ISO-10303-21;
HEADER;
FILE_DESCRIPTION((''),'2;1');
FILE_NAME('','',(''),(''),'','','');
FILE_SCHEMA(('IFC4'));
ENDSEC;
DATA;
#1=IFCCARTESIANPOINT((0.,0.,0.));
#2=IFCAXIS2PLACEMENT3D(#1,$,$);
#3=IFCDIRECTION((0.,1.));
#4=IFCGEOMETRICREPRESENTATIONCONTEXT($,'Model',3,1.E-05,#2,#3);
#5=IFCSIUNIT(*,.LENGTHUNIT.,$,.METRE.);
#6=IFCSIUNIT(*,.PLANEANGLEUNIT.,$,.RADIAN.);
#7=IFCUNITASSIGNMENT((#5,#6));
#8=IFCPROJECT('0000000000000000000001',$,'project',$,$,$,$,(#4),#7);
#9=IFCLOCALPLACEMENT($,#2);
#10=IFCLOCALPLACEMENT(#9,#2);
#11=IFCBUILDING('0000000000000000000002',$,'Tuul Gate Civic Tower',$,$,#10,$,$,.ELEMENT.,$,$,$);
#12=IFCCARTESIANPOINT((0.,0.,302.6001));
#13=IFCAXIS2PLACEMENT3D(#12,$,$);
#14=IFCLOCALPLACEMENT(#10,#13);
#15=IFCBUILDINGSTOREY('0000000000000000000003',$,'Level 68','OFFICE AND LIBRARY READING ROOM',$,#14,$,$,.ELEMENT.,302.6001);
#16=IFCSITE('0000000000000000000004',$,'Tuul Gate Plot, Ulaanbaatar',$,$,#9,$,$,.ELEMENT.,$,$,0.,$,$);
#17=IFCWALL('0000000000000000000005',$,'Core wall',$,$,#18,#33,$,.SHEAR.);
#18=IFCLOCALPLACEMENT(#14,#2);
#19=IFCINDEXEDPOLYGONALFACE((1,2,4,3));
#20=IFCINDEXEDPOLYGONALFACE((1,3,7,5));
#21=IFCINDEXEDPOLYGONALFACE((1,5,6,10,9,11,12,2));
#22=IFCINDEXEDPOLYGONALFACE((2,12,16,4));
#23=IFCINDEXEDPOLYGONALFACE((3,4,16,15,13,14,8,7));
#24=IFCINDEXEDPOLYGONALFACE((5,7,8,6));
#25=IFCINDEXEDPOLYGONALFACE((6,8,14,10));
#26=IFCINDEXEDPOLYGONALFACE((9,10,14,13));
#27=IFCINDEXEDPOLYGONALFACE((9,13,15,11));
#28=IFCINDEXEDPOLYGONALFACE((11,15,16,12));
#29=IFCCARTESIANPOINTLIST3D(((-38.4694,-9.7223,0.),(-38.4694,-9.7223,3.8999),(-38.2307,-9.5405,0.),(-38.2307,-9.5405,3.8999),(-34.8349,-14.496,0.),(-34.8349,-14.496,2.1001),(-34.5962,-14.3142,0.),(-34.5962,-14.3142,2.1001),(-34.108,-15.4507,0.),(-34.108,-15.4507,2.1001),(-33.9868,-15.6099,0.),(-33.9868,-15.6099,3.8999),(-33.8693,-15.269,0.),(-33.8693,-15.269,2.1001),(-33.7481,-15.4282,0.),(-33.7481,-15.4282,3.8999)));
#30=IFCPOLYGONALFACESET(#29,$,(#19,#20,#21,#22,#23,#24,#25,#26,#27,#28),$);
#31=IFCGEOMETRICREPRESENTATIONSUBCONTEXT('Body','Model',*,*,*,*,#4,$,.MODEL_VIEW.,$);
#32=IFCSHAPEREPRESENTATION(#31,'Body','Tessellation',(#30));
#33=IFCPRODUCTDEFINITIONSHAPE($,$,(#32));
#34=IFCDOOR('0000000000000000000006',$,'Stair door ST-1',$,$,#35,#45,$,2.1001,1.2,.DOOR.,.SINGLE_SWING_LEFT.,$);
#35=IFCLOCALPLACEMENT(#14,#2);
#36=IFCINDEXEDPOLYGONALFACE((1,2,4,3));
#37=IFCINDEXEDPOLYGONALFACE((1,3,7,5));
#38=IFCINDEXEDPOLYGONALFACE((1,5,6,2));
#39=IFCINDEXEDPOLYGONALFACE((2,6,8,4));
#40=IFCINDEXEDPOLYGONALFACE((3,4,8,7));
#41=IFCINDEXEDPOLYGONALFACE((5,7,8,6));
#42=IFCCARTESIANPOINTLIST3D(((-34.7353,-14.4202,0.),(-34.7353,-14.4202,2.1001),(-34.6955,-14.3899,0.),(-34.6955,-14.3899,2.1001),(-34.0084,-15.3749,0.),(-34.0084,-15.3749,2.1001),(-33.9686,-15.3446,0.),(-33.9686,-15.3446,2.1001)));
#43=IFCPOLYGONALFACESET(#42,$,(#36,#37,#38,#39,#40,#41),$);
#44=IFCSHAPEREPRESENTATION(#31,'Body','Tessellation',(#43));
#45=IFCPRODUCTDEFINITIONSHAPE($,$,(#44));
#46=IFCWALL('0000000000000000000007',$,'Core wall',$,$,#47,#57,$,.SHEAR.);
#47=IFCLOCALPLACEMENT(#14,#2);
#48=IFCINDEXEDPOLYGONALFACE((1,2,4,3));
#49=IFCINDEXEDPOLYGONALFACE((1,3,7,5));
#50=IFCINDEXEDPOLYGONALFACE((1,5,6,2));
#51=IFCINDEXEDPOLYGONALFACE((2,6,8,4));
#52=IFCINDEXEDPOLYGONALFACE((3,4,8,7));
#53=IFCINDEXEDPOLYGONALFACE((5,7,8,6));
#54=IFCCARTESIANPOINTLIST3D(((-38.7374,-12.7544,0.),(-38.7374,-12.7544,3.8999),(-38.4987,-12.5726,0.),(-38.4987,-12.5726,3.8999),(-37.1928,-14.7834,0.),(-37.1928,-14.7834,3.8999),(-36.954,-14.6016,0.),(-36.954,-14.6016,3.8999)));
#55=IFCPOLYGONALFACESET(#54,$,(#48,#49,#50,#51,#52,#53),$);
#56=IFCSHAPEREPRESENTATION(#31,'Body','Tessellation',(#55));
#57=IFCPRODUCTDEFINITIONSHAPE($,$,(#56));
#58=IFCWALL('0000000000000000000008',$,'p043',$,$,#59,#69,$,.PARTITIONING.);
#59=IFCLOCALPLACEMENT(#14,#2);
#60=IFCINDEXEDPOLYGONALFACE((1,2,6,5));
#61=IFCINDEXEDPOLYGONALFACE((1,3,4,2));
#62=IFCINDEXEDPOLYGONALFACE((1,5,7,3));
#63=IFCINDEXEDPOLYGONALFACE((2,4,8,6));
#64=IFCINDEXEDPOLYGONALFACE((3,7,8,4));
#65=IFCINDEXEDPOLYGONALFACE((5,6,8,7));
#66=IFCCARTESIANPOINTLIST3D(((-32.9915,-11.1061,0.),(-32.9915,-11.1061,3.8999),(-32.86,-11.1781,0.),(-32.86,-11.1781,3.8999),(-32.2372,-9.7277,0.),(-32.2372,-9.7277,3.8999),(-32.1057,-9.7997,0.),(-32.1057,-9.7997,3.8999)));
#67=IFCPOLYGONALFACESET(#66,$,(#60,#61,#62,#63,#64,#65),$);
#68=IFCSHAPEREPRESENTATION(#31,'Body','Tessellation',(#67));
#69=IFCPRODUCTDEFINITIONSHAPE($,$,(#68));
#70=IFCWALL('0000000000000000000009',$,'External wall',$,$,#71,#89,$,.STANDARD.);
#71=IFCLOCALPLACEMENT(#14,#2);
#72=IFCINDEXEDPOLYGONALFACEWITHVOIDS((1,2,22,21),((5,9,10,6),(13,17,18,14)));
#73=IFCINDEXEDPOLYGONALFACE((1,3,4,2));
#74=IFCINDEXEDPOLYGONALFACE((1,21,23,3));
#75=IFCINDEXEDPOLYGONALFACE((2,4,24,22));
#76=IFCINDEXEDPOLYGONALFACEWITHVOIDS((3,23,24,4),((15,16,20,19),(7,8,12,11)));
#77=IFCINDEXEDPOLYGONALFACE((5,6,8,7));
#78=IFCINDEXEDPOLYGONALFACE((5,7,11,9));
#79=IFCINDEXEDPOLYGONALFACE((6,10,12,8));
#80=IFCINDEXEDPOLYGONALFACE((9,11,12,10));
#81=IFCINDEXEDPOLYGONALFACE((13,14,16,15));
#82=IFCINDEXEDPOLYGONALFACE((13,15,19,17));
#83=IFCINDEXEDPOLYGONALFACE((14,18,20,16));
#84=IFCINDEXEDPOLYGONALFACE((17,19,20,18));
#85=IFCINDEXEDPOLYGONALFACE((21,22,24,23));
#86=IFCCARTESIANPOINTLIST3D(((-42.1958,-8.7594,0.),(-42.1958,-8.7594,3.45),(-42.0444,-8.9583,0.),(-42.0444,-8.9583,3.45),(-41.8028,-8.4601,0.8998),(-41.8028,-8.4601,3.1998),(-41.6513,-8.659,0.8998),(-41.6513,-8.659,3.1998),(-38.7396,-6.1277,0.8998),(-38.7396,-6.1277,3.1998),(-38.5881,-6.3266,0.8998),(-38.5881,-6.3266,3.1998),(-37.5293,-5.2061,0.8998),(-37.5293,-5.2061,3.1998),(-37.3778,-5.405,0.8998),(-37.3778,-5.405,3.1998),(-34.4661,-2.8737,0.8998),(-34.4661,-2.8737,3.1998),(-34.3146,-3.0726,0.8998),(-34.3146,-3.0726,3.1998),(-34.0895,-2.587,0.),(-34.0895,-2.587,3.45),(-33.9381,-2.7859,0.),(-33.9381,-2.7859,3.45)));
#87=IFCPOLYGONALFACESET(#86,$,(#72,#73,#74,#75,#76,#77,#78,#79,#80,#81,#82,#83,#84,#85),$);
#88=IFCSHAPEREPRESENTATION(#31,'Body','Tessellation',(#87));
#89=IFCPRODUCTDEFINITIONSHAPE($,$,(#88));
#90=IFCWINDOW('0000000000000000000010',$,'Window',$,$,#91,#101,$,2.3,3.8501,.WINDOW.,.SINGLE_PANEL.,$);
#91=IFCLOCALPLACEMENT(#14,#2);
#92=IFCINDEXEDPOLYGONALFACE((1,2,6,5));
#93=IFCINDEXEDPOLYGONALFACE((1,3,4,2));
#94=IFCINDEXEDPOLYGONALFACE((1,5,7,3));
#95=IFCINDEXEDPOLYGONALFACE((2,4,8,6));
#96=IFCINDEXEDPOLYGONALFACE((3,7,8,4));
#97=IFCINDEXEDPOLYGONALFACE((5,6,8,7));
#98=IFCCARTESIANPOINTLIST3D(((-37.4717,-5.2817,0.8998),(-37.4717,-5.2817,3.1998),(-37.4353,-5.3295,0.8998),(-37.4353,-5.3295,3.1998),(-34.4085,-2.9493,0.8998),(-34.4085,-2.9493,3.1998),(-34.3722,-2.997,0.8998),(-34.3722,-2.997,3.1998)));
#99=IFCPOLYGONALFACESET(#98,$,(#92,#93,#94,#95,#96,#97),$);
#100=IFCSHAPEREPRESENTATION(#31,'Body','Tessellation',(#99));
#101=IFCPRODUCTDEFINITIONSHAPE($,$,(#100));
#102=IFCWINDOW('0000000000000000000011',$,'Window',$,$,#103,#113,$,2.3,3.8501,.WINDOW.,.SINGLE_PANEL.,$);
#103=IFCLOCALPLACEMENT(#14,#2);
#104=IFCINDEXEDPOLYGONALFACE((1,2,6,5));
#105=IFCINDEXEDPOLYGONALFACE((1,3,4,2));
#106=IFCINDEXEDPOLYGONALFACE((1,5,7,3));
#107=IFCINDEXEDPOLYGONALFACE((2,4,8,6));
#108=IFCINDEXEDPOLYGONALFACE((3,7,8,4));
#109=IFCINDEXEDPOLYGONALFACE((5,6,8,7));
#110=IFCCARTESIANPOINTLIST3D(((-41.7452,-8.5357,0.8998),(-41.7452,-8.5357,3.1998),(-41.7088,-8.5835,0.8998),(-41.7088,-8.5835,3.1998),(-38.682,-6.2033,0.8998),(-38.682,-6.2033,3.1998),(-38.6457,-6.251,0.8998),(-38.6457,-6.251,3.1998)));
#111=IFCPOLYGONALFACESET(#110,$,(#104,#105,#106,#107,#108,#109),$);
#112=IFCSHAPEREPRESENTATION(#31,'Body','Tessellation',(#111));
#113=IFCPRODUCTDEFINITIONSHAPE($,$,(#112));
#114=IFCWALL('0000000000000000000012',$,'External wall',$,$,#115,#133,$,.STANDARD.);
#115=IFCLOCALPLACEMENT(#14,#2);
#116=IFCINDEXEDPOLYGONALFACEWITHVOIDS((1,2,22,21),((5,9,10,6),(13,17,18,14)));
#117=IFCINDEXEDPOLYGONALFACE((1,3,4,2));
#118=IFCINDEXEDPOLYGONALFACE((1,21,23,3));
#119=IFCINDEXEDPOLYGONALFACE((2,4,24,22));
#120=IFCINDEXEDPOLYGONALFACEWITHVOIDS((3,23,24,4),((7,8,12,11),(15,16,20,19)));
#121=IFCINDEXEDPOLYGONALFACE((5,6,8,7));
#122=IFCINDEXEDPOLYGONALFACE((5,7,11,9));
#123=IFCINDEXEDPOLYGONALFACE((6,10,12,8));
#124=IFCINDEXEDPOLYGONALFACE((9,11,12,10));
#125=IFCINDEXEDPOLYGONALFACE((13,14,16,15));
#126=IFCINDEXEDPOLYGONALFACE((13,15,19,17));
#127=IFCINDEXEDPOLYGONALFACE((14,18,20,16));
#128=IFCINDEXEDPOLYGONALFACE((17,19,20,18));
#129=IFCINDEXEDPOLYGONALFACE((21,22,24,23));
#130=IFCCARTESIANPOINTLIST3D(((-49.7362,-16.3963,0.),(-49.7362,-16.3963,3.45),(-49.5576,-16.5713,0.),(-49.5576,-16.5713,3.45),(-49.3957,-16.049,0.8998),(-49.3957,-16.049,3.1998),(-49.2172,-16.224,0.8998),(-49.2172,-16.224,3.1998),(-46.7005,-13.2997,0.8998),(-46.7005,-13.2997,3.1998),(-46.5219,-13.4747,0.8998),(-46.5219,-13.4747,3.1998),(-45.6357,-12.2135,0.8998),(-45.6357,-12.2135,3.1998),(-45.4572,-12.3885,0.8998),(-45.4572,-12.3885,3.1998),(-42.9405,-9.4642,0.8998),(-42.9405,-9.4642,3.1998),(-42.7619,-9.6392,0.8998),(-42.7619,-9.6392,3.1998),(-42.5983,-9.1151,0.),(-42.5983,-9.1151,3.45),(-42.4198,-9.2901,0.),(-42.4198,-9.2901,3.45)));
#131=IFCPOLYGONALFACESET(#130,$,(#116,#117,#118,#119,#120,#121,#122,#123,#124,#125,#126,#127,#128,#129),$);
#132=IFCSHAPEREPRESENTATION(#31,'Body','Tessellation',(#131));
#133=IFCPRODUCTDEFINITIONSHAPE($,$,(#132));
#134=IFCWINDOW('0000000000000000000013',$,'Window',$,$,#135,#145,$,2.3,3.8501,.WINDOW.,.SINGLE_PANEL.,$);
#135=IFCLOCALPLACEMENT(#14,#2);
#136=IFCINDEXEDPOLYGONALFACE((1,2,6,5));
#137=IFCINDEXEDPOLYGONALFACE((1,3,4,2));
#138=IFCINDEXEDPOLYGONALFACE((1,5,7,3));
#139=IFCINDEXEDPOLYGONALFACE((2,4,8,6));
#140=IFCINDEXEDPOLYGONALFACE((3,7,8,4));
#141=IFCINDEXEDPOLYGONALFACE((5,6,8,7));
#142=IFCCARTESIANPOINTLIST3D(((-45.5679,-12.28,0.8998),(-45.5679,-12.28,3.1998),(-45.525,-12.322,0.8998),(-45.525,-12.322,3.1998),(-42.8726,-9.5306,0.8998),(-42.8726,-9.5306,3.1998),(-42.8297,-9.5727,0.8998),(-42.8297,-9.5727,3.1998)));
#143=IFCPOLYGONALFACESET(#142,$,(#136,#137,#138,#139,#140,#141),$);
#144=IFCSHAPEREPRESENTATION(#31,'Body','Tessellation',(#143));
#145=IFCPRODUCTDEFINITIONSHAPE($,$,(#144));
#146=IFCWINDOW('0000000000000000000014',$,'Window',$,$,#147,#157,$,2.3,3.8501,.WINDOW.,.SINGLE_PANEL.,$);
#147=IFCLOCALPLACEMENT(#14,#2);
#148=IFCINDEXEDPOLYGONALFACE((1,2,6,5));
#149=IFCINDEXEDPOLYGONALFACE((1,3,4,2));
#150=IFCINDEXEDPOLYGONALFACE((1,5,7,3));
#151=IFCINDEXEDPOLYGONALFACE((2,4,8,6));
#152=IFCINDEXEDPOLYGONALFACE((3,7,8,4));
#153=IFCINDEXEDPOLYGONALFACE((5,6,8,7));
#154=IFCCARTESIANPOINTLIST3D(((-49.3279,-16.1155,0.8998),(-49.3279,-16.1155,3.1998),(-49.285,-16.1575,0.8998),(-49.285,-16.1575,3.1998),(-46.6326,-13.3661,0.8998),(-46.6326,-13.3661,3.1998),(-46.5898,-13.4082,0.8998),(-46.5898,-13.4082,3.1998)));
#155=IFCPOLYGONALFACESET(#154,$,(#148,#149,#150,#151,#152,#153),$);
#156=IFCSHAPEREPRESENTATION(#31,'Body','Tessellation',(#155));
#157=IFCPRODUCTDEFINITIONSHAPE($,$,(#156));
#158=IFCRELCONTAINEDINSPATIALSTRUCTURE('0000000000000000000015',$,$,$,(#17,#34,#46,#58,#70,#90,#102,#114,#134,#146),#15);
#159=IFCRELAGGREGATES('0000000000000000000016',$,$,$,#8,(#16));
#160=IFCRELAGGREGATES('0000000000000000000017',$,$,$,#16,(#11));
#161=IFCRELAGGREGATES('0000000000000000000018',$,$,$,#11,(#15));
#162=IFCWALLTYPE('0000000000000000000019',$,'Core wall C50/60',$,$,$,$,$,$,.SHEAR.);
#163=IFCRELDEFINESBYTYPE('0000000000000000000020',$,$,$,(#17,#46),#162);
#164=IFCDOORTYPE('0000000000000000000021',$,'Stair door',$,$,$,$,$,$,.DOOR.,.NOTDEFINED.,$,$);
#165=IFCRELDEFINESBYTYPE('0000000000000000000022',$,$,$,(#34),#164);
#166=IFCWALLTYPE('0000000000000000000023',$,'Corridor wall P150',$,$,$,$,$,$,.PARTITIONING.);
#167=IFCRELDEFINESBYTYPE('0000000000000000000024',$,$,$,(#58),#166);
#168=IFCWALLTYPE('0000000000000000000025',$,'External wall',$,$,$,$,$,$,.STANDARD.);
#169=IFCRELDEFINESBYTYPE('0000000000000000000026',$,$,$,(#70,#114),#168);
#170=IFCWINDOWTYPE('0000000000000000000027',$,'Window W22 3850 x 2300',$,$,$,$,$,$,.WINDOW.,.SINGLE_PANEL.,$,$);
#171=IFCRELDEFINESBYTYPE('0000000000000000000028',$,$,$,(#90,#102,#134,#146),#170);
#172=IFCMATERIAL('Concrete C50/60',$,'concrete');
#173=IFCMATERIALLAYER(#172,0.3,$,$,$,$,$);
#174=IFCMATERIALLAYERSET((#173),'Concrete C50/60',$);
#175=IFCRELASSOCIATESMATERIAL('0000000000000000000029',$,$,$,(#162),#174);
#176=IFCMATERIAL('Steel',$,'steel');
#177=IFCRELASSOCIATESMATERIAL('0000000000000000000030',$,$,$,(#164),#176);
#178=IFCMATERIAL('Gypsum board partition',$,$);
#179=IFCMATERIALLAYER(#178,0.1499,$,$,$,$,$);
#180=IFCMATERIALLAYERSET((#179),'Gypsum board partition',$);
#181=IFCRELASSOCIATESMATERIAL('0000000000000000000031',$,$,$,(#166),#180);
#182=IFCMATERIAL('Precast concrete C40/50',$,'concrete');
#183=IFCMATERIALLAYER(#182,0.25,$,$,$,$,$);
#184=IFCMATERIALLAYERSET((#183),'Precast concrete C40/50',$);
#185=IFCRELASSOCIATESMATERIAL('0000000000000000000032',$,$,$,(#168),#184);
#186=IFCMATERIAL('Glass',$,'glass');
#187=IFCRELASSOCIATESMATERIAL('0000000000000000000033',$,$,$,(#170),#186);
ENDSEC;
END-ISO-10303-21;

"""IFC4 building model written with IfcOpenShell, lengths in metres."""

from ifc_helpers import new_model, si_unit, direction, frame, frame_2d, origin, place, context, subcontext, project, spatial, rectangle, extrude, material, layer, layer_set, type_object, element, fill, save


model = new_model("IFC4")

# Units and contexts
model_context = context("Model", 3, precision=1e-05, world=origin(), true_north=direction((0.0, 1.0)))
body_context = subcontext(model_context, "Body", "Model", "MODEL_VIEW")
ifc_project = project(units=[si_unit("LENGTHUNIT", "METRE"), si_unit("PLANEANGLEUNIT", "RADIAN")], contexts=[model_context])

# Site, building, storey
site_placement = place(None, origin())
site = spatial("IfcSite", under=ifc_project, at=site_placement, Name="Tuul Gate Plot, Ulaanbaatar", CompositionType="ELEMENT", RefElevation=0.0)
building_placement = place(site_placement, origin())
building = spatial("IfcBuilding", under=site, at=building_placement, Name="Tuul Gate Civic Tower", CompositionType="ELEMENT")
storey_placement = place(building_placement, frame((0.0, 0.0, 302.6001)))
storey = spatial("IfcBuildingStorey", under=building, at=storey_placement, Name="Level 68", Description="OFFICE AND LIBRARY READING ROOM", CompositionType="ELEMENT", Elevation=302.6001)

# Shared definitions
ifc_material_1 = material(Name="Concrete C50/60", Category="concrete")
ifc_layer_1 = layer(ifc_material_1, 0.3)
ifc_layer_set_1 = layer_set([ifc_layer_1], Name="Concrete C50/60")
wall_type_1 = type_object("IfcWallType", Name="Core wall C50/60", PredefinedType="SHEAR", material=ifc_layer_set_1)

# Wall, opening, door
wall_1_placement = place(storey_placement, frame((-33.8674, -15.519, 0.0), z_axis=(0.0, 0.0, 1.0), x_axis=(-0.60577, 0.79564, 0.0)))
wall_1 = element("IfcWall", 1, at=wall_1_placement, inside=storey, type_object=wall_type_1, Name="Core wall", PredefinedType="SHEAR", context=body_context, shape_type="SweptSolid", body=[
    extrude(rectangle(XDim=7.3999, YDim=0.3, at=frame_2d((3.7, 0.0))), origin(), (0.0, 0.0, 1.0), 3.8999),
])
opening_1_placement = place(wall_1_placement, frame((0.2, 0.0, 0.0)))
opening_1 = element("IfcOpeningElement", 2, at=opening_1_placement, cuts=wall_1, PredefinedType="OPENING", context=body_context, shape_type="SweptSolid", body=[
    extrude(rectangle(XDim=1.2, YDim=2.1001, at=frame_2d((0.6001, 1.05))), frame((0.0, 0.1602, 0.0), z_axis=(0.0, -1.0, 0.0), x_axis=(1.0, 0.0, 0.0)), (0.0, 0.0, 1.0), 0.3201),
])
ifc_material_2 = material(Name="Steel", Category="steel")
door_type_1 = type_object("IfcDoorType", Name="Stair door", OperationType="NOTDEFINED", PredefinedType="DOOR", material=ifc_material_2)
door_1_placement = place(opening_1_placement, origin())
door_1 = element("IfcDoor", 3, at=door_1_placement, inside=storey, type_object=door_type_1, Name="Stair door ST-1", OperationType="SINGLE_SWING_LEFT", OverallHeight=2.1001, OverallWidth=1.2, PredefinedType="DOOR", context=body_context, shape_type="SweptSolid", body=[
    extrude(rectangle(XDim=1.2, YDim=2.1001, at=frame_2d((0.6001, 1.05))), frame((0.0, 0.0249, 0.0), z_axis=(0.0, -1.0, 0.0), x_axis=(1.0, 0.0, 0.0)), (0.0, 0.0, 1.0), 0.05),
])
fill(opening_1, door_1)

# Walls
wall_2_placement = place(storey_placement, frame((-37.0735, -14.6924, 0.0), z_axis=(0.0, 0.0, 1.0), x_axis=(-0.605729, 0.795671, 0.0)))
element("IfcWall", 4, at=wall_2_placement, inside=storey, type_object=wall_type_1, Name="Core wall", PredefinedType="SHEAR", context=body_context, shape_type="SweptSolid", body=[
    extrude(rectangle(XDim=2.55, YDim=0.3, at=frame_2d((1.2749, 0.0))), origin(), (0.0, 0.0, 1.0), 3.8999),
])
ifc_material_3 = material(Name="Gypsum board partition")
ifc_layer_2 = layer(ifc_material_3, 0.1499)
ifc_layer_set_2 = layer_set([ifc_layer_2], Name="Gypsum board partition")
wall_type_2 = type_object("IfcWallType", Name="Corridor wall P150", PredefinedType="PARTITIONING", material=ifc_layer_set_2)
wall_3_placement = place(storey_placement, frame((-32.9258, -11.1421, 0.0), z_axis=(0.0, 0.0, 1.0), x_axis=(0.480093, 0.877218, 0.0)))
element("IfcWall", 5, at=wall_3_placement, inside=storey, type_object=wall_type_2, Name="p043", PredefinedType="PARTITIONING", context=body_context, shape_type="SweptSolid", body=[
    extrude(rectangle(XDim=1.5713, YDim=0.1499, at=frame_2d((0.7856, 0.0))), origin(), (0.0, 0.0, 1.0), 3.8999),
])

# Walls, openings, windows
ifc_material_4 = material(Name="Precast concrete C40/50", Category="concrete")
ifc_layer_3 = layer(ifc_material_4, 0.25)
ifc_layer_set_3 = layer_set([ifc_layer_3], Name="Precast concrete C40/50")
wall_type_3 = type_object("IfcWallType", Name="External wall", PredefinedType="STANDARD", material=ifc_layer_set_3)
wall_4_placement = place(storey_placement, frame((-34.0139, -2.6865, 0.0), z_axis=(0.0, 0.0, 1.0), x_axis=(-0.795611, -0.605808, 0.0)))
wall_4 = element("IfcWall", 6, at=wall_4_placement, inside=storey, type_object=wall_type_3, Name="External wall", PredefinedType="STANDARD", context=body_context, shape_type="SweptSolid", body=[
    extrude(rectangle(XDim=10.1887, YDim=0.25, at=frame_2d((5.0942, 0.0))), origin(), (0.0, 0.0, 1.0), 3.45),
])
opening_2_placement = place(wall_4_placement, frame((0.4731, 0.0, 0.8999)))
opening_2 = element("IfcOpeningElement", 7, at=opening_2_placement, cuts=wall_4, PredefinedType="OPENING", context=body_context, shape_type="SweptSolid", body=[
    extrude(rectangle(XDim=3.8501, YDim=2.3, at=frame_2d((1.925, 1.1499))), frame((0.0, 0.135, 0.0), z_axis=(0.0, -1.0, 0.0), x_axis=(1.0, 0.0, 0.0)), (0.0, 0.0, 1.0), 0.27),
])
opening_3_placement = place(wall_4_placement, frame((5.8445, 0.0, 0.8999)))
opening_3 = element("IfcOpeningElement", 8, at=opening_3_placement, cuts=wall_4, PredefinedType="OPENING", context=body_context, shape_type="SweptSolid", body=[
    extrude(rectangle(XDim=3.8501, YDim=2.3, at=frame_2d((1.925, 1.1499))), frame((0.0, 0.135, 0.0), z_axis=(0.0, -1.0, 0.0), x_axis=(1.0, 0.0, 0.0)), (0.0, 0.0, 1.0), 0.27),
])
ifc_material_5 = material(Name="Glass", Category="glass")
window_type_1 = type_object("IfcWindowType", Name="Window W22 3850 x 2300", PartitioningType="SINGLE_PANEL", PredefinedType="WINDOW", material=ifc_material_5)
window_1_placement = place(opening_2_placement, origin())
window_1 = element("IfcWindow", 9, at=window_1_placement, inside=storey, type_object=window_type_1, Name="Window", OverallHeight=2.3, OverallWidth=3.8501, PartitioningType="SINGLE_PANEL", PredefinedType="WINDOW", context=body_context, shape_type="SweptSolid", body=[
    extrude(rectangle(XDim=3.8501, YDim=2.3, at=frame_2d((1.925, 1.1499))), frame((0.0, 0.03, 0.0), z_axis=(0.0, -1.0, 0.0), x_axis=(1.0, 0.0, 0.0)), (0.0, 0.0, 1.0), 0.0601),
])
fill(opening_2, window_1)
window_2_placement = place(opening_3_placement, origin())
window_2 = element("IfcWindow", 10, at=window_2_placement, inside=storey, type_object=window_type_1, Name="Window", OverallHeight=2.3, OverallWidth=3.8501, PartitioningType="SINGLE_PANEL", PredefinedType="WINDOW", context=body_context, shape_type="SweptSolid", body=[
    extrude(rectangle(XDim=3.8501, YDim=2.3, at=frame_2d((1.925, 1.1499))), frame((0.0, 0.03, 0.0), z_axis=(0.0, -1.0, 0.0), x_axis=(1.0, 0.0, 0.0)), (0.0, 0.0, 1.0), 0.0601),
])
fill(opening_3, window_2)
wall_5_placement = place(storey_placement, frame((-42.509, -9.2026, 0.0), z_axis=(0.0, 0.0, 1.0), x_axis=(-0.700044, -0.714099, 0.0)))
wall_5 = element("IfcWall", 11, at=wall_5_placement, inside=storey, type_object=wall_type_3, Name="External wall", PredefinedType="STANDARD", context=body_context, shape_type="SweptSolid", body=[
    extrude(rectangle(XDim=10.1963, YDim=0.25, at=frame_2d((5.0981, 0.0))), origin(), (0.0, 0.0, 1.0), 3.45),
])
opening_4_placement = place(wall_5_placement, frame((0.4888, 0.0, 0.8999)))
opening_4 = element("IfcOpeningElement", 12, at=opening_4_placement, cuts=wall_5, PredefinedType="OPENING", context=body_context, shape_type="SweptSolid", body=[
    extrude(rectangle(XDim=3.8501, YDim=2.3, at=frame_2d((1.925, 1.1499))), frame((0.0, 0.135, 0.0), z_axis=(0.0, -1.0, 0.0), x_axis=(1.0, 0.0, 0.0)), (0.0, 0.0, 1.0), 0.27),
])
opening_5_placement = place(wall_5_placement, frame((5.8599, 0.0, 0.8999)))
opening_5 = element("IfcOpeningElement", 13, at=opening_5_placement, cuts=wall_5, PredefinedType="OPENING", context=body_context, shape_type="SweptSolid", body=[
    extrude(rectangle(XDim=3.8501, YDim=2.3, at=frame_2d((1.925, 1.1499))), frame((0.0, 0.135, 0.0), z_axis=(0.0, -1.0, 0.0), x_axis=(1.0, 0.0, 0.0)), (0.0, 0.0, 1.0), 0.27),
])
window_3_placement = place(opening_4_placement, origin())
window_3 = element("IfcWindow", 14, at=window_3_placement, inside=storey, type_object=window_type_1, Name="Window", OverallHeight=2.3, OverallWidth=3.8501, PartitioningType="SINGLE_PANEL", PredefinedType="WINDOW", context=body_context, shape_type="SweptSolid", body=[
    extrude(rectangle(XDim=3.8501, YDim=2.3, at=frame_2d((1.925, 1.1499))), frame((0.0, 0.03, 0.0), z_axis=(0.0, -1.0, 0.0), x_axis=(1.0, 0.0, 0.0)), (0.0, 0.0, 1.0), 0.0601),
])
fill(opening_4, window_3)
window_4_placement = place(opening_5_placement, origin())
window_4 = element("IfcWindow", 15, at=window_4_placement, inside=storey, type_object=window_type_1, Name="Window", OverallHeight=2.3, OverallWidth=3.8501, PartitioningType="SINGLE_PANEL", PredefinedType="WINDOW", context=body_context, shape_type="SweptSolid", body=[
    extrude(rectangle(XDim=3.8501, YDim=2.3, at=frame_2d((1.925, 1.1499))), frame((0.0, 0.03, 0.0), z_axis=(0.0, -1.0, 0.0), x_axis=(1.0, 0.0, 0.0)), (0.0, 0.0, 1.0), 0.0601),
])
fill(opening_5, window_4)

save(model, "model.ifc")
